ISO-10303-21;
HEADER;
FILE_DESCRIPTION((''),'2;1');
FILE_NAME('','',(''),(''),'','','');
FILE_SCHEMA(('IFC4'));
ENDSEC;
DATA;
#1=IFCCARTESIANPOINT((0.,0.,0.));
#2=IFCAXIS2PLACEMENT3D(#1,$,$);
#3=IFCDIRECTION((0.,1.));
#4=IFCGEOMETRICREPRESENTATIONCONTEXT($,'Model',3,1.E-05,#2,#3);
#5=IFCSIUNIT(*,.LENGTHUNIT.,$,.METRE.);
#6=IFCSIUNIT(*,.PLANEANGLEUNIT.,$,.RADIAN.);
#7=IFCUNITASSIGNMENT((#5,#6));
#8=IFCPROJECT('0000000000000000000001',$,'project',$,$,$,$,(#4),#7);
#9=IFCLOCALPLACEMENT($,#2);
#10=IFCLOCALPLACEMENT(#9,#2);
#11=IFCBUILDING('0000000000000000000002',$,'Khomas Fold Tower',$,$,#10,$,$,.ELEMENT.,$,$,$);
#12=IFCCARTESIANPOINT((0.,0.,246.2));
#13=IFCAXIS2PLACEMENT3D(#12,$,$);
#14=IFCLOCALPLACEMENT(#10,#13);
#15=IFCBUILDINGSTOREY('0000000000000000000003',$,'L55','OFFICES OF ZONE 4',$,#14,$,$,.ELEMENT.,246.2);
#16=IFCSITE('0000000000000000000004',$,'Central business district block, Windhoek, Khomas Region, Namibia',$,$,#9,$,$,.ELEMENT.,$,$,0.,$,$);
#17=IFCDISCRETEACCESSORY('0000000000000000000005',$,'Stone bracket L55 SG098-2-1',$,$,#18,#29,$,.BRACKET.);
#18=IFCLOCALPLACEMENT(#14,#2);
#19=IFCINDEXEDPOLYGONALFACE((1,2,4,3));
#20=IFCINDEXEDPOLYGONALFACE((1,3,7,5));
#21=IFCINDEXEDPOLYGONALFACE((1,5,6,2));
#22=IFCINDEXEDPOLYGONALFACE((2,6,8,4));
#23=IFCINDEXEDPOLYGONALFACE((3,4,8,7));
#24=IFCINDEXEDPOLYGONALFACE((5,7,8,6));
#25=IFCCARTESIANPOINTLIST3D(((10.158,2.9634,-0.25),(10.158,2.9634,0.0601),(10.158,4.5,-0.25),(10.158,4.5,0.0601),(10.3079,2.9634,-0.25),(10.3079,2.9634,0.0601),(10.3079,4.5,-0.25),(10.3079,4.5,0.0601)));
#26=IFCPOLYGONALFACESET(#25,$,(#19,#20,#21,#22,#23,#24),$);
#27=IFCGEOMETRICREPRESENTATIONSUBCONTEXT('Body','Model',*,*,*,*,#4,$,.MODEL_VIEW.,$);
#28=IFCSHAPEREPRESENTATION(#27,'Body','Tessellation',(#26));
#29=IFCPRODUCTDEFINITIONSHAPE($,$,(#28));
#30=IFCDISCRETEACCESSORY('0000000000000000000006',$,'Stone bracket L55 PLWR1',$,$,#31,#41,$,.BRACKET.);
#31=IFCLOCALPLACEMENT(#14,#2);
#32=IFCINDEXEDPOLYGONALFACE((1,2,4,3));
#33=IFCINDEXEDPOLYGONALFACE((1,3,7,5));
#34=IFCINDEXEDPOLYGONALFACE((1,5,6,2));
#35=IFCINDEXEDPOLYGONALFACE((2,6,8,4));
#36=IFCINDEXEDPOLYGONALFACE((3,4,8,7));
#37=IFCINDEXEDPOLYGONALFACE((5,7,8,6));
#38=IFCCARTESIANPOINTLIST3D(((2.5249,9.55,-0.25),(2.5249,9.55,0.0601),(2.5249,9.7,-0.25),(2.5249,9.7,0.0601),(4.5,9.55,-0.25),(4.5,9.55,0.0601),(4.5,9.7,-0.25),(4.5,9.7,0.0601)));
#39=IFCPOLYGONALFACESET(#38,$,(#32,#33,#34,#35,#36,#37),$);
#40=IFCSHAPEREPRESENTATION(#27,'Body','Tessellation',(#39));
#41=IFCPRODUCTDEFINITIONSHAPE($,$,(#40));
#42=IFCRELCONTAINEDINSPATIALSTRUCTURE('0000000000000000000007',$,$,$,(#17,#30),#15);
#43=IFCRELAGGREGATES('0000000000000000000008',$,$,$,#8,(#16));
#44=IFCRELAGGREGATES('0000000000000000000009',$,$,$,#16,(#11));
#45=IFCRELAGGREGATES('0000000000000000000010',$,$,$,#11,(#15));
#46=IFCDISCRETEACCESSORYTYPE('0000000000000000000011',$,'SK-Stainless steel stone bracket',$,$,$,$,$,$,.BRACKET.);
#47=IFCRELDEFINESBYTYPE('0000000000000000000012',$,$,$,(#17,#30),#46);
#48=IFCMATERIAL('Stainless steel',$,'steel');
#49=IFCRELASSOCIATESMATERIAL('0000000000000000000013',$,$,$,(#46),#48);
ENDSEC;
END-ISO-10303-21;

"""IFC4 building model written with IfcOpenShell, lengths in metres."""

from ifc_helpers import new_model, si_unit, direction, frame, origin, origin_2d, place, context, subcontext, project, spatial, rectangle, extrude, source, transform, mapped, material, type_object, element, save


model = new_model("IFC4")

# Units and contexts
model_context = context("Model", 3, precision=1e-05, world=origin(), true_north=direction((0.0, 1.0)))
body_context = subcontext(model_context, "Body", "Model", "MODEL_VIEW")
ifc_project = project(units=[si_unit("LENGTHUNIT", "METRE"), si_unit("PLANEANGLEUNIT", "RADIAN")], contexts=[model_context])

# Site, building, storey
site_placement = place(None, origin())
site = spatial("IfcSite", under=ifc_project, at=site_placement, Name="Central business district block, Windhoek, Khomas Region, Namibia", CompositionType="ELEMENT", RefElevation=0.0)
building_placement = place(site_placement, origin())
building = spatial("IfcBuilding", under=site, at=building_placement, Name="Khomas Fold Tower", CompositionType="ELEMENT")
storey_placement = place(building_placement, frame((0.0, 0.0, 246.2)))
storey = spatial("IfcBuildingStorey", under=building, at=storey_placement, Name="L55", Description="OFFICES OF ZONE 4", CompositionType="ELEMENT", Elevation=246.2)

# Discrete accessories
ifc_material_1 = material(Name="Stainless steel", Category="steel")
discrete_accessory_type = type_object("IfcDiscreteAccessoryType", Name="SK-Stainless steel stone bracket", PredefinedType="BRACKET", material=ifc_material_1)
shared_shape_1 = source(origin(), body_context, "Body", "SweptSolid", [
    extrude(rectangle(XDim=1.5366, YDim=0.1499, at=origin_2d()), origin(), (0.0, 0.0, 1.0), 0.3101),
])
discrete_accessory_1_placement = place(storey_placement, frame((10.2329, 3.7317, -0.25), z_axis=(0.0, 0.0, 1.0), x_axis=(0.0, -1.0, 0.0)))
element("IfcDiscreteAccessory", 1, at=discrete_accessory_1_placement, inside=storey, type_object=discrete_accessory_type, Name="Stone bracket L55 SG098-2-1", PredefinedType="BRACKET", context=body_context, shape_type="MappedRepresentation", body=[
    mapped(shared_shape_1, transform((0.0, 0.0, 0.0))),
])
shared_shape_2 = source(origin(), body_context, "Body", "SweptSolid", [
    extrude(rectangle(XDim=1.9751, YDim=0.1499, at=origin_2d()), origin(), (0.0, 0.0, 1.0), 0.3101),
])
discrete_accessory_2_placement = place(storey_placement, frame((3.5125, 9.625, -0.25), z_axis=(0.0, 0.0, 1.0), x_axis=(-1.0, 0.0, 0.0)))
element("IfcDiscreteAccessory", 2, at=discrete_accessory_2_placement, inside=storey, type_object=discrete_accessory_type, Name="Stone bracket L55 PLWR1", PredefinedType="BRACKET", context=body_context, shape_type="MappedRepresentation", body=[
    mapped(shared_shape_2, transform((0.0, 0.0, 0.0))),
])

save(model, "model.ifc")
